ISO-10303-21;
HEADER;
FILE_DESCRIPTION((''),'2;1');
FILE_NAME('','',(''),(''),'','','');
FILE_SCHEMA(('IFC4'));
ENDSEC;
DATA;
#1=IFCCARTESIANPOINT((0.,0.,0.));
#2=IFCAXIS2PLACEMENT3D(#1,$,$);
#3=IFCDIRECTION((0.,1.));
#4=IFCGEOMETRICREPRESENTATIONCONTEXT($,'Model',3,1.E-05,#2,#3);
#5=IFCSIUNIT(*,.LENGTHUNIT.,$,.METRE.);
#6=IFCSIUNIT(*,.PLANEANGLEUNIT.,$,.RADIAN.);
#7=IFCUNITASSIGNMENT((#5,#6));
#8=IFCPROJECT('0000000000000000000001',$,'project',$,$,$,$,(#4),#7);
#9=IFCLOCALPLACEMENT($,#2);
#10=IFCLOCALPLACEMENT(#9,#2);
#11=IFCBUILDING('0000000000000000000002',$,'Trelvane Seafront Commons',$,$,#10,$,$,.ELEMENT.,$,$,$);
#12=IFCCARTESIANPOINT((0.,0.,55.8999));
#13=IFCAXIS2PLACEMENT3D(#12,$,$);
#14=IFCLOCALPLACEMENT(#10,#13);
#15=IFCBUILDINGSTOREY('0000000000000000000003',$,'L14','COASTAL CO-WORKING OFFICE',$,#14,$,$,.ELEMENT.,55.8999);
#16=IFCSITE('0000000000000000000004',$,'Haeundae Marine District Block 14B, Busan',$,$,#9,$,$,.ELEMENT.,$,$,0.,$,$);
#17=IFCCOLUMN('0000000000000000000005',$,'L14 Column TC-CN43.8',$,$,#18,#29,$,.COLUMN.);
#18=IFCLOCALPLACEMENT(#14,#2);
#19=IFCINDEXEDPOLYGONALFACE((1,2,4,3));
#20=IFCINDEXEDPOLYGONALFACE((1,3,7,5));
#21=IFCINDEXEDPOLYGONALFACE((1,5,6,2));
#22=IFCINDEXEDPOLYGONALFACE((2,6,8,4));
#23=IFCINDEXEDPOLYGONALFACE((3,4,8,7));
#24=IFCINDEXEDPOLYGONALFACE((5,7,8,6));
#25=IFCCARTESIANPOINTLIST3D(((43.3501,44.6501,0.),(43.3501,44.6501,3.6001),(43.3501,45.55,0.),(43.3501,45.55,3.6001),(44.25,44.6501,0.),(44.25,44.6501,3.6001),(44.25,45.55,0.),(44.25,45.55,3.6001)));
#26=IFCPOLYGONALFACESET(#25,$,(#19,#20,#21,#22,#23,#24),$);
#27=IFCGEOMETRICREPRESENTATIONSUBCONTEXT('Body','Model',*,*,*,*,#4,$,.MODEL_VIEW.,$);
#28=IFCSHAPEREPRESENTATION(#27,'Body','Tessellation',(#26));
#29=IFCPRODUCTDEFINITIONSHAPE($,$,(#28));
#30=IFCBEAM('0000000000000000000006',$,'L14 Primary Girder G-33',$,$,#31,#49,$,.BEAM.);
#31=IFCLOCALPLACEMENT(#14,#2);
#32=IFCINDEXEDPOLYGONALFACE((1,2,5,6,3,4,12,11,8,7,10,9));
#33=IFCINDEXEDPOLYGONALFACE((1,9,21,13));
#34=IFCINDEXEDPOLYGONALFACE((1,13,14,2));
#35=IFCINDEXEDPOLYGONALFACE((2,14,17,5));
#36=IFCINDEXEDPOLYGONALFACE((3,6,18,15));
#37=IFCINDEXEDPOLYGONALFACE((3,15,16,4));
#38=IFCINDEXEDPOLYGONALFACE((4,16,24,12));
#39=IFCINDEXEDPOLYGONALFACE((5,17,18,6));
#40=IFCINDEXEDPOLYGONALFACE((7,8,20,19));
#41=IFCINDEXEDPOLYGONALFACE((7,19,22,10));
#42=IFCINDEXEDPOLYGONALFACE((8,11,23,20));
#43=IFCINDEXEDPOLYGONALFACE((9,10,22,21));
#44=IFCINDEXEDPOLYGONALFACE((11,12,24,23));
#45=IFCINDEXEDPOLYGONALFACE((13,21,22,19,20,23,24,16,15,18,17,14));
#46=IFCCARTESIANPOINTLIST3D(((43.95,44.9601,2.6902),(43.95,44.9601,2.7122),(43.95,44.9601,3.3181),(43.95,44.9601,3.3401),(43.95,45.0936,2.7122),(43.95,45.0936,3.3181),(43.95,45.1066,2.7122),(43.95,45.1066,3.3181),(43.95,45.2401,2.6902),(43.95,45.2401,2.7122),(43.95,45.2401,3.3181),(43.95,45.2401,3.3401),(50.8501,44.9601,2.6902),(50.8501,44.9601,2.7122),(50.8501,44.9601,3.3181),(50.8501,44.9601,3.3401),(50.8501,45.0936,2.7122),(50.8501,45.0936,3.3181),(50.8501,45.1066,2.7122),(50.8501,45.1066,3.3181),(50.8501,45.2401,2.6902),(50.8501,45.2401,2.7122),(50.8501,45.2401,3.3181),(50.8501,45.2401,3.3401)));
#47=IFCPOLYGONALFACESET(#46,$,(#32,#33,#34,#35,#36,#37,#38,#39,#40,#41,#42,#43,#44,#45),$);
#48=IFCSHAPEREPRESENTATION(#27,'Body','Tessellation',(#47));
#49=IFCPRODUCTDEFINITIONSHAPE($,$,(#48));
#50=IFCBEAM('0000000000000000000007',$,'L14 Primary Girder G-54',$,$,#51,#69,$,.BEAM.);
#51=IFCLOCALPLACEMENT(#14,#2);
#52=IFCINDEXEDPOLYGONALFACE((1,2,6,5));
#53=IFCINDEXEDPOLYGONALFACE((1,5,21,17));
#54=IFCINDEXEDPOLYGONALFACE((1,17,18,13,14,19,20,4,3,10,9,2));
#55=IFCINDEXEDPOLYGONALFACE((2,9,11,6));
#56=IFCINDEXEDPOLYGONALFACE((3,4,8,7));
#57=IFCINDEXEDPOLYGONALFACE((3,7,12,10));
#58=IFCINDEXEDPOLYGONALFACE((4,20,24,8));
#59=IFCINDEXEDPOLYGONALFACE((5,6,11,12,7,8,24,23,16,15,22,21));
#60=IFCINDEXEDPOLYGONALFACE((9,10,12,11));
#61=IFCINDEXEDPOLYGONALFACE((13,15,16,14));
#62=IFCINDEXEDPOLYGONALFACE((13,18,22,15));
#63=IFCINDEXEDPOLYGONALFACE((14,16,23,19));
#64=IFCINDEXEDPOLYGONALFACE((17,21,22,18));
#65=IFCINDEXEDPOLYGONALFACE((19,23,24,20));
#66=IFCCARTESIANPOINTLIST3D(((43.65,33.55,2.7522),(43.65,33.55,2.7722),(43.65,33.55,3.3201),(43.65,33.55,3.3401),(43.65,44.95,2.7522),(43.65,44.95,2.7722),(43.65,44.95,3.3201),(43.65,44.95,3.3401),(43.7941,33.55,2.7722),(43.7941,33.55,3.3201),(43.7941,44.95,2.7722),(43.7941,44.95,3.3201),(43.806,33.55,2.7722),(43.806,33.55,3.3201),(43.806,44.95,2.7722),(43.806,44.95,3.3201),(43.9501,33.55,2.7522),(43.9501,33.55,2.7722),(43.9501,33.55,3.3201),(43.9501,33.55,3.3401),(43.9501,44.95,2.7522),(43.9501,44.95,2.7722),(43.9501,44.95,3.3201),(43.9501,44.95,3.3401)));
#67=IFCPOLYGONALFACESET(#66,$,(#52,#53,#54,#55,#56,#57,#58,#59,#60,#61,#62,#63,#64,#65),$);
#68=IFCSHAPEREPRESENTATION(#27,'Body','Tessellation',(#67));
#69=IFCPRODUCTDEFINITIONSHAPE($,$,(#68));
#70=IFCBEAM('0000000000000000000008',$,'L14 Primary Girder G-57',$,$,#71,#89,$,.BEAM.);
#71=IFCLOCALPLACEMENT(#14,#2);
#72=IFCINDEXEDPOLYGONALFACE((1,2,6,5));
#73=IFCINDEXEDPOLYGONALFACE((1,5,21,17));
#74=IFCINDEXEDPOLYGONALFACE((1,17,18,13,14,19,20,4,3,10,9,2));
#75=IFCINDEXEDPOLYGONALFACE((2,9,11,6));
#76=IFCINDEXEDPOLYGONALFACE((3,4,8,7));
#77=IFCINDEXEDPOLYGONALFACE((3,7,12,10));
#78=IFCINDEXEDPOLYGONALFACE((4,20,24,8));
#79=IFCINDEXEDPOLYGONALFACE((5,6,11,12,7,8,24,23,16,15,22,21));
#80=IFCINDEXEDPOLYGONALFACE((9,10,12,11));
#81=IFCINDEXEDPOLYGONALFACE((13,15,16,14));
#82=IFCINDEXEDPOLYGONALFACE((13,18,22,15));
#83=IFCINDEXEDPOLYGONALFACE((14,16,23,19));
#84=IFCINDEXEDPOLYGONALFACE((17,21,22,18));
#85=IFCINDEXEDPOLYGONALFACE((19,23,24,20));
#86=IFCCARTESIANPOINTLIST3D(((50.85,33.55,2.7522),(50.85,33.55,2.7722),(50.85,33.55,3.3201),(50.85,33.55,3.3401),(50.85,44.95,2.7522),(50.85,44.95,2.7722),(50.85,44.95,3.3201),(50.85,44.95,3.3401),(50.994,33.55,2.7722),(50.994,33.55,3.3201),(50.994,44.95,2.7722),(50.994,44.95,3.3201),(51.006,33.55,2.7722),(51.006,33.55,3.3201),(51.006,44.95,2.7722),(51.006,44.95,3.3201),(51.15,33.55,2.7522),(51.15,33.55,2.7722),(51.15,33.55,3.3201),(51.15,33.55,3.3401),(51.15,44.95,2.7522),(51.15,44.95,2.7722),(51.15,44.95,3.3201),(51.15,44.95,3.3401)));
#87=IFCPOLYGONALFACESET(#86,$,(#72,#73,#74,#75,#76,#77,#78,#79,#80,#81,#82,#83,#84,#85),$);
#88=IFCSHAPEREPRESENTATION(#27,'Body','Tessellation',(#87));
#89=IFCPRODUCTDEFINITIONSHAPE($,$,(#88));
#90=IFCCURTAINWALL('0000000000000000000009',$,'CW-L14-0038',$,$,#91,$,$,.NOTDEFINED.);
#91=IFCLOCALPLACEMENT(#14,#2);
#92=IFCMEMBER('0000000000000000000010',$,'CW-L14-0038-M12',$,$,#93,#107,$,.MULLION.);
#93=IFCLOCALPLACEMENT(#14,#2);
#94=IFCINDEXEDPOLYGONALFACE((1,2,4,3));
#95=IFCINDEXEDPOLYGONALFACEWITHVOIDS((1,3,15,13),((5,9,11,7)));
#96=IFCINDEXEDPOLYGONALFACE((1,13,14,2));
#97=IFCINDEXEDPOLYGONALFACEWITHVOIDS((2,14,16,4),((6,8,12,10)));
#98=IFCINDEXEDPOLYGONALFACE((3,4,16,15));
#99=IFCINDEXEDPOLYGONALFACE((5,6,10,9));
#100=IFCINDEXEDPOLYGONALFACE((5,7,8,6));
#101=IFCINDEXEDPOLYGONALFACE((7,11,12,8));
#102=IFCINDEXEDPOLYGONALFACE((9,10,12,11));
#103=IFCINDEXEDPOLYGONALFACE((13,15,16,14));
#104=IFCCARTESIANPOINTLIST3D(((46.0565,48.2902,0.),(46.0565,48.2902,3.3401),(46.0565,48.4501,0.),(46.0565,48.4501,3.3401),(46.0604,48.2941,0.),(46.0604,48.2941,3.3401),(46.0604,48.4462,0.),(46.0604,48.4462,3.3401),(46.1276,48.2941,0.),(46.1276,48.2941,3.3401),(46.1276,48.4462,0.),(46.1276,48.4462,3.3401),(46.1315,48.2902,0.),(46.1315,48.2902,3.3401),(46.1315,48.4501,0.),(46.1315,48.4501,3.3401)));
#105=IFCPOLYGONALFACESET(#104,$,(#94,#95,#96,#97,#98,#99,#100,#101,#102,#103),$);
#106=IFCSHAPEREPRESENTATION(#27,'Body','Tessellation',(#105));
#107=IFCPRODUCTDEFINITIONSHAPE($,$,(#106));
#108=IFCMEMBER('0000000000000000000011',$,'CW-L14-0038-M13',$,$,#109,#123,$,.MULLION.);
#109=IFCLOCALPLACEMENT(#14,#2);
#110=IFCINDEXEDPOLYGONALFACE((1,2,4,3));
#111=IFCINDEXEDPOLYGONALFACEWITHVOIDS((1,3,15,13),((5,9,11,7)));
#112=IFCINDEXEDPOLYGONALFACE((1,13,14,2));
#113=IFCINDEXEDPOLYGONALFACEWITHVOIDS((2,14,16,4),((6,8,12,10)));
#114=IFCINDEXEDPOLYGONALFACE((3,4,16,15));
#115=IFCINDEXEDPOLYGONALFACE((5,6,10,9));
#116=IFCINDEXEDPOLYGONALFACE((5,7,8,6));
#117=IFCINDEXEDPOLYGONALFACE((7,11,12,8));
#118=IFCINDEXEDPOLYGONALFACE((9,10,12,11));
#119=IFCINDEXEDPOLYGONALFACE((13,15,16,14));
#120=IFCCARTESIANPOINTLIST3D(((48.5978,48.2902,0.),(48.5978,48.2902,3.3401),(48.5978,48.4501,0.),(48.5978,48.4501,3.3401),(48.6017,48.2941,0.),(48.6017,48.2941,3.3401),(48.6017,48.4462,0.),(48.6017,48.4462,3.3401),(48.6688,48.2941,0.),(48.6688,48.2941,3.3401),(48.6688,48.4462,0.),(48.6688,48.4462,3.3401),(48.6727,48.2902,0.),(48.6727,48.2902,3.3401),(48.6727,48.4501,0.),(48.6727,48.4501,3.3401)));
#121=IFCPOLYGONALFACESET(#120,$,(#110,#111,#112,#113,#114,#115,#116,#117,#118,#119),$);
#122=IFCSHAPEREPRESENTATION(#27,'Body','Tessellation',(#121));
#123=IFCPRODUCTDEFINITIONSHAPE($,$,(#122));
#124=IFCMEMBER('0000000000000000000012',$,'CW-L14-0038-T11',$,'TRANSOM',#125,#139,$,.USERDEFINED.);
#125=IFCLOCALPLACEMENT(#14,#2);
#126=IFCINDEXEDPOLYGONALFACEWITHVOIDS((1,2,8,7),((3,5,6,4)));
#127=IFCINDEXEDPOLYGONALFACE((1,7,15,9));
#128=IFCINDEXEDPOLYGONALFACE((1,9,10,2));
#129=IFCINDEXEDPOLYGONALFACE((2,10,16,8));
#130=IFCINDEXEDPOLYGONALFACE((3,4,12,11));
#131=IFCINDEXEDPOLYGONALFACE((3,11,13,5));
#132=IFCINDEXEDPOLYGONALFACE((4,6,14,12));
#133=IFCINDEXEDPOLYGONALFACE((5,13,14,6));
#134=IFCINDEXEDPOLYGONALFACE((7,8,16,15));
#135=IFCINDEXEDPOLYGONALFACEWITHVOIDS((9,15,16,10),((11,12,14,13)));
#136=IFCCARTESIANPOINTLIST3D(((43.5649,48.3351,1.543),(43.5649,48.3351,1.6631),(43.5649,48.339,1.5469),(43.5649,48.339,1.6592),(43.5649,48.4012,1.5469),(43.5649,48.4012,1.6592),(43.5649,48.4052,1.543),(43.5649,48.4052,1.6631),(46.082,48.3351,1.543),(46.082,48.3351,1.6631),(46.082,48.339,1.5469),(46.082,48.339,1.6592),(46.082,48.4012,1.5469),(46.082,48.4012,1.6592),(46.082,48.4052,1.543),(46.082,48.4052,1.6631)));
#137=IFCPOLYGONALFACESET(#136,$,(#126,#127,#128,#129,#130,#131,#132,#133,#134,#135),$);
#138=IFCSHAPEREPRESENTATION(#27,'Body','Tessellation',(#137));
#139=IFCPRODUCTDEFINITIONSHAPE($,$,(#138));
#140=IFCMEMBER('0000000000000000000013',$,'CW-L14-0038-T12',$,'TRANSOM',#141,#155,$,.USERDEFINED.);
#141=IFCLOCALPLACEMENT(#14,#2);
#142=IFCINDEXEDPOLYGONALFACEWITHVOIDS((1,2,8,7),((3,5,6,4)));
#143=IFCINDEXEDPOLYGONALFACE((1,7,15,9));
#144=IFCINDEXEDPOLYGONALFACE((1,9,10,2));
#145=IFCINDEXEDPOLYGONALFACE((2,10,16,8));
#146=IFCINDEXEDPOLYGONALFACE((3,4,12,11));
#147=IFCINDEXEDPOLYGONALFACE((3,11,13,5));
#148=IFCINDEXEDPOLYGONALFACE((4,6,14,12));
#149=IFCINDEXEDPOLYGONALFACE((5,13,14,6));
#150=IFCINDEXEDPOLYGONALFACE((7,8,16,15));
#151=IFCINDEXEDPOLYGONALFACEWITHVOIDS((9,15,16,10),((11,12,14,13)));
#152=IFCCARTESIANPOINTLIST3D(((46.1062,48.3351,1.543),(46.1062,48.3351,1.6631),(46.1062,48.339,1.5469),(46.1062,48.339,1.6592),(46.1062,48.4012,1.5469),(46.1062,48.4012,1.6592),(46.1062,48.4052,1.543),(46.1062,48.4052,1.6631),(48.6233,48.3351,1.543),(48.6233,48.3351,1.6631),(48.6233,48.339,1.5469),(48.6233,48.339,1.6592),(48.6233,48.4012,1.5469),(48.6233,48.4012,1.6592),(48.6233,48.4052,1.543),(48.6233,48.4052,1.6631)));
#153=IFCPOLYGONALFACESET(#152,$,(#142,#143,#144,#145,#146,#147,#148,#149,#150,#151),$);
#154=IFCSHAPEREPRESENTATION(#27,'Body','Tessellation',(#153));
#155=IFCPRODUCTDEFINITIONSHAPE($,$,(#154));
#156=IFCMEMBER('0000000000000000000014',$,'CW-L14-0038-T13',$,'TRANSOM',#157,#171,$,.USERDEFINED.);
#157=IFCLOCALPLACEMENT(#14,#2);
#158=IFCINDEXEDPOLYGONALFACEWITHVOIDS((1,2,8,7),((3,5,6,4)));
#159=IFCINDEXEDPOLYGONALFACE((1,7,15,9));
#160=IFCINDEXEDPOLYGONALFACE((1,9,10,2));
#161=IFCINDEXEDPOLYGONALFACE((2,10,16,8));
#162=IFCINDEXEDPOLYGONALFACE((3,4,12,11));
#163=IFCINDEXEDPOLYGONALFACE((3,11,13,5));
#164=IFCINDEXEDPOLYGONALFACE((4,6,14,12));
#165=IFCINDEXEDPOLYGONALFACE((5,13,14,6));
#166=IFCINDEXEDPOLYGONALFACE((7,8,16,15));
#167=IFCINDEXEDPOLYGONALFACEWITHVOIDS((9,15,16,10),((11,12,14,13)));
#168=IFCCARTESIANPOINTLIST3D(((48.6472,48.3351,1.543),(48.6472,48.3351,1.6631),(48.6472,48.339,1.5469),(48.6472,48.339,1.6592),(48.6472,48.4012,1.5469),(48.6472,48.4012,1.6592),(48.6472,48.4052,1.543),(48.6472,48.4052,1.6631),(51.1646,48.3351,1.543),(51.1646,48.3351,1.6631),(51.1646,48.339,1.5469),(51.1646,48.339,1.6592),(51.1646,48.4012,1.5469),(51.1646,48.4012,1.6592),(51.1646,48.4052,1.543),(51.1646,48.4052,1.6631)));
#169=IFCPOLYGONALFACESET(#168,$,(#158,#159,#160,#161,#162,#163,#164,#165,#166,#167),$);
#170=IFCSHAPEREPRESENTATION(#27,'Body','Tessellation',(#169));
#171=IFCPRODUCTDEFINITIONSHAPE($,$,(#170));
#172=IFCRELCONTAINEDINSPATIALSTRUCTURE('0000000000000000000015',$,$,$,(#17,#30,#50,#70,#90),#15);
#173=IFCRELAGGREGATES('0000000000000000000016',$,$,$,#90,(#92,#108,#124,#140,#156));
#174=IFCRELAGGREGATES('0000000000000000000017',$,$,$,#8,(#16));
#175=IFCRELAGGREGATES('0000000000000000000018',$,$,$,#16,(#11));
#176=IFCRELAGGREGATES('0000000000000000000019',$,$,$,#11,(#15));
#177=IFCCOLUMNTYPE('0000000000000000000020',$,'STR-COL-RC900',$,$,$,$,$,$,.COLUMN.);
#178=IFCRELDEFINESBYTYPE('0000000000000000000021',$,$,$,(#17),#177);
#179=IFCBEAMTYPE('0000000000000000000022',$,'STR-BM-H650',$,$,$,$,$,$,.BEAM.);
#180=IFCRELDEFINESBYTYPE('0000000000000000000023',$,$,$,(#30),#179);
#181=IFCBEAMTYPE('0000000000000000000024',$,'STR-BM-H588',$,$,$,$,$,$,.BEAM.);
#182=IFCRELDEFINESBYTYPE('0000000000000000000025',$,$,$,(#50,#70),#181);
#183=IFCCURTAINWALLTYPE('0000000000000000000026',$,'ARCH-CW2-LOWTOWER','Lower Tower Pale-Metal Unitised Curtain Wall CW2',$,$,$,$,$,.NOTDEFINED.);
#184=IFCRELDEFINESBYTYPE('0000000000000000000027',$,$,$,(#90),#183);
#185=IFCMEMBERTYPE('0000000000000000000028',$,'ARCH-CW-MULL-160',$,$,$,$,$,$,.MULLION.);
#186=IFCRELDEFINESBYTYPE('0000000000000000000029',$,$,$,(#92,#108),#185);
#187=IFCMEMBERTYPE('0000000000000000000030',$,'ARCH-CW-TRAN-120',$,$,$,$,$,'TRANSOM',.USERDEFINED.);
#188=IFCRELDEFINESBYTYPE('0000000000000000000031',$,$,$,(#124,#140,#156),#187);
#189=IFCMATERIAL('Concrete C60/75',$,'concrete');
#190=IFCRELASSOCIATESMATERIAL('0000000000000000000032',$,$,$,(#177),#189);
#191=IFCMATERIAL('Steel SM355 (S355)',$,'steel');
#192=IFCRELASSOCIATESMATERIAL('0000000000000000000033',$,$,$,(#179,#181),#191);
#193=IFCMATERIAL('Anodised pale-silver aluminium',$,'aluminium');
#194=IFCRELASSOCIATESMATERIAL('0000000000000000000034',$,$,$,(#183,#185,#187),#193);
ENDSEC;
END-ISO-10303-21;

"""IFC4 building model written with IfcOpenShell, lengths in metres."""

from ifc_helpers import new_model, si_unit, direction, frame, origin, origin_2d, place, context, subcontext, project, spatial, rectangle, hollow_rectangle, i_section, extrude, source, transform, mapped, material, material_profile, profile_set, type_object, element, aggregate, save


model = new_model("IFC4")

# Units and contexts
model_context = context("Model", 3, precision=1e-05, world=origin(), true_north=direction((0.0, 1.0)))
body_context = subcontext(model_context, "Body", "Model", "MODEL_VIEW")
ifc_project = project(units=[si_unit("LENGTHUNIT", "METRE"), si_unit("PLANEANGLEUNIT", "RADIAN")], contexts=[model_context])

# Site, building, storey
site_placement = place(None, origin())
site = spatial("IfcSite", under=ifc_project, at=site_placement, Name="Haeundae Marine District Block 14B, Busan", CompositionType="ELEMENT", RefElevation=0.0)
building_placement = place(site_placement, origin())
building = spatial("IfcBuilding", under=site, at=building_placement, Name="Trelvane Seafront Commons", CompositionType="ELEMENT")
storey_placement = place(building_placement, frame((0.0, 0.0, 55.8999)))
storey = spatial("IfcBuildingStorey", under=building, at=storey_placement, Name="L14", Description="COASTAL CO-WORKING OFFICE", CompositionType="ELEMENT", Elevation=55.8999)

# Column
ifc_material_1 = material(Name="Concrete C60/75", Category="concrete")
ifc_material_profile_1 = material_profile(ifc_material_1, rectangle(XDim=0.8999, YDim=0.8999, at=origin_2d()), Name="RC-900x900")
ifc_profile_set_1 = profile_set([ifc_material_profile_1], Name="Concrete C60/75")
column_type = type_object("IfcColumnType", Name="STR-COL-RC900", PredefinedType="COLUMN", material=ifc_profile_set_1)
shared_shape_1 = source(origin(), body_context, "Body", "SweptSolid", [
    extrude(rectangle(XDim=0.8999, YDim=0.8999, at=origin_2d()), origin(), (0.0, 0.0, 1.0), 3.6001),
])
column_placement = place(storey_placement, frame((43.8, 45.1001, 0.0), z_axis=(0.0, 0.0, 1.0), x_axis=(1.0, 0.0, 0.0)))
element("IfcColumn", 1, at=column_placement, inside=storey, type_object=column_type, Name="L14 Column TC-CN43.8", PredefinedType="COLUMN", context=body_context, shape_type="MappedRepresentation", body=[
    mapped(shared_shape_1, transform((0.0, 0.0, 0.0), x_axis=(1.0, 0.0, 0.0), y_axis=(0.0, 1.0, 0.0), z_axis=(0.0, 0.0, 1.0), scale=1.0)),
])

# Beams
ifc_material_2 = material(Name="Steel SM355 (S355)", Category="steel")
ifc_material_profile_2 = material_profile(ifc_material_2, i_section(OverallWidth=0.28, OverallDepth=0.6499, WebThickness=0.0129, FlangeThickness=0.022, at=origin_2d()), Name="H-650x280x13x22")
ifc_profile_set_2 = profile_set([ifc_material_profile_2], Name="Steel SM355 (S355)")
beam_type_1 = type_object("IfcBeamType", Name="STR-BM-H650", PredefinedType="BEAM", material=ifc_profile_set_2)
shared_shape_2 = source(origin(), body_context, "Body", "SweptSolid", [
    extrude(i_section(OverallWidth=0.28, OverallDepth=0.6499, WebThickness=0.0129, FlangeThickness=0.022, at=origin_2d()), origin(), (0.0, 0.0, 1.0), 6.9001),
])
beam_placement = place(storey_placement, frame((43.95, 45.1001, 3.0151), z_axis=(1.0, 0.0, 0.0), x_axis=(0.0, 1.0, 0.0)))
element("IfcBeam", 2, at=beam_placement, inside=storey, type_object=beam_type_1, Name="L14 Primary Girder G-33", PredefinedType="BEAM", context=body_context, shape_type="MappedRepresentation", body=[
    mapped(shared_shape_2, transform((0.0, 0.0, 0.0), x_axis=(1.0, 0.0, 0.0), y_axis=(0.0, 1.0, 0.0), z_axis=(0.0, 0.0, 1.0), scale=1.0)),
])
ifc_material_profile_3 = material_profile(ifc_material_2, i_section(OverallWidth=0.3, OverallDepth=0.5879, WebThickness=0.012, FlangeThickness=0.02, at=origin_2d()), Name="H-588x300x12x20")
ifc_profile_set_3 = profile_set([ifc_material_profile_3], Name="Steel SM355 (S355)")
beam_type_2 = type_object("IfcBeamType", Name="STR-BM-H588", PredefinedType="BEAM", material=ifc_profile_set_3)
shared_shape_3 = source(origin(), body_context, "Body", "SweptSolid", [
    extrude(i_section(OverallWidth=0.3, OverallDepth=0.5879, WebThickness=0.012, FlangeThickness=0.02, at=origin_2d()), origin(), (0.0, 0.0, 1.0), 11.3999),
])
for number, where, z_axis, x_axis, name in (
    (3, (43.8, 33.55, 3.0461), (0.0, 1.0, 0.0), (-1.0, 0.0, 0.0), "L14 Primary Girder G-54"),
    (4, (51.0, 33.55, 3.0461), (0.0, 1.0, 0.0), (-1.0, 0.0, 0.0), "L14 Primary Girder G-57"),
):
    element("IfcBeam", number, at=place(storey_placement, frame(where, z_axis=z_axis, x_axis=x_axis)), inside=storey, type_object=beam_type_2, Name=name, PredefinedType="BEAM", context=body_context, shape_type="MappedRepresentation", body=[
        mapped(shared_shape_3, transform((0.0, 0.0, 0.0), x_axis=(1.0, 0.0, 0.0), y_axis=(0.0, 1.0, 0.0), z_axis=(0.0, 0.0, 1.0), scale=1.0)),
    ])

# Curtain wall, members
ifc_material_3 = material(Name="Anodised pale-silver aluminium", Category="aluminium")
curtain_wall_type = type_object("IfcCurtainWallType", Name="ARCH-CW2-LOWTOWER", Description="Lower Tower Pale-Metal Unitised Curtain Wall CW2", PredefinedType="NOTDEFINED", material=ifc_material_3)
curtain_wall_placement = place(storey_placement, origin())
curtain_wall = element("IfcCurtainWall", 5, at=curtain_wall_placement, inside=storey, type_object=curtain_wall_type, Name="CW-L14-0038", PredefinedType="NOTDEFINED")
ifc_material_profile_4 = material_profile(ifc_material_3, hollow_rectangle(XDim=0.075, YDim=0.1599, WallThickness=0.0039, at=origin_2d()), Name="MULL-75x160x4")
ifc_profile_set_4 = profile_set([ifc_material_profile_4], Name="Anodised pale-silver aluminium")
member_type_1 = type_object("IfcMemberType", Name="ARCH-CW-MULL-160", PredefinedType="MULLION", material=ifc_profile_set_4)
shared_shape_4 = source(origin(), body_context, "Body", "SweptSolid", [
    extrude(hollow_rectangle(XDim=0.075, YDim=0.1599, WallThickness=0.0039, at=origin_2d()), origin(), (0.0, 0.0, 1.0), 3.3401),
])
member_1_placement = place(storey_placement, frame((46.094, 48.3701, 0.0), z_axis=(0.0, 0.0, 1.0), x_axis=(1.0, 0.0, 0.0)))
member_1 = element("IfcMember", 6, at=member_1_placement, type_object=member_type_1, Name="CW-L14-0038-M12", PredefinedType="MULLION", context=body_context, shape_type="MappedRepresentation", body=[
    mapped(shared_shape_4, transform((0.0, 0.0, 0.0), x_axis=(1.0, 0.0, 0.0), y_axis=(0.0, 1.0, 0.0), z_axis=(0.0, 0.0, 1.0), scale=1.0)),
])
member_2_placement = place(storey_placement, frame((48.6353, 48.3701, 0.0), z_axis=(0.0, 0.0, 1.0), x_axis=(1.0, 0.0, 0.0)))
member_2 = element("IfcMember", 7, at=member_2_placement, type_object=member_type_1, Name="CW-L14-0038-M13", PredefinedType="MULLION", context=body_context, shape_type="MappedRepresentation", body=[
    mapped(shared_shape_4, transform((0.0, 0.0, 0.0), x_axis=(1.0, 0.0, 0.0), y_axis=(0.0, 1.0, 0.0), z_axis=(0.0, 0.0, 1.0), scale=1.0)),
])
ifc_material_profile_5 = material_profile(ifc_material_3, hollow_rectangle(XDim=0.0701, YDim=0.1201, WallThickness=0.0039, at=origin_2d()), Name="TRAN-70x120x4")
ifc_profile_set_5 = profile_set([ifc_material_profile_5], Name="Anodised pale-silver aluminium")
member_type_2 = type_object("IfcMemberType", Name="ARCH-CW-TRAN-120", ElementType="TRANSOM", PredefinedType="USERDEFINED", material=ifc_profile_set_5)
shared_shape_5 = source(origin(), body_context, "Body", "SweptSolid", [
    extrude(hollow_rectangle(XDim=0.0701, YDim=0.1201, WallThickness=0.0039, at=origin_2d()), origin(), (0.0, 0.0, 1.0), 2.5171),
])
member_3_placement = place(storey_placement, frame((43.5649, 48.3701, 1.603), z_axis=(1.0, 0.0, 0.0), x_axis=(0.0, 1.0, 0.0)))
member_3 = element("IfcMember", 8, at=member_3_placement, type_object=member_type_2, Name="CW-L14-0038-T11", ObjectType="TRANSOM", PredefinedType="USERDEFINED", context=body_context, shape_type="MappedRepresentation", body=[
    mapped(shared_shape_5, transform((0.0, 0.0, 0.0), x_axis=(1.0, 0.0, 0.0), y_axis=(0.0, 1.0, 0.0), z_axis=(0.0, 0.0, 1.0), scale=1.0)),
])
member_4_placement = place(storey_placement, frame((46.1062, 48.3701, 1.603), z_axis=(1.0, 0.0, 0.0), x_axis=(0.0, 1.0, 0.0)))
member_4 = element("IfcMember", 9, at=member_4_placement, type_object=member_type_2, Name="CW-L14-0038-T12", ObjectType="TRANSOM", PredefinedType="USERDEFINED", context=body_context, shape_type="MappedRepresentation", body=[
    mapped(shared_shape_5, transform((0.0, 0.0, 0.0), x_axis=(1.0, 0.0, 0.0), y_axis=(0.0, 1.0, 0.0), z_axis=(0.0, 0.0, 1.0), scale=1.0)),
])
shared_shape_6 = source(origin(), body_context, "Body", "SweptSolid", [
    extrude(hollow_rectangle(XDim=0.0701, YDim=0.1201, WallThickness=0.0039, at=origin_2d()), origin(), (0.0, 0.0, 1.0), 2.5173),
])
member_5_placement = place(storey_placement, frame((48.6472, 48.3701, 1.603), z_axis=(1.0, 0.0, 0.0), x_axis=(0.0, 1.0, 0.0)))
member_5 = element("IfcMember", 10, at=member_5_placement, type_object=member_type_2, Name="CW-L14-0038-T13", ObjectType="TRANSOM", PredefinedType="USERDEFINED", context=body_context, shape_type="MappedRepresentation", body=[
    mapped(shared_shape_6, transform((0.0, 0.0, 0.0), x_axis=(1.0, 0.0, 0.0), y_axis=(0.0, 1.0, 0.0), z_axis=(0.0, 0.0, 1.0), scale=1.0)),
])
aggregate(curtain_wall, [member_1, member_2, member_3, member_4, member_5])

save(model, "model.ifc")
